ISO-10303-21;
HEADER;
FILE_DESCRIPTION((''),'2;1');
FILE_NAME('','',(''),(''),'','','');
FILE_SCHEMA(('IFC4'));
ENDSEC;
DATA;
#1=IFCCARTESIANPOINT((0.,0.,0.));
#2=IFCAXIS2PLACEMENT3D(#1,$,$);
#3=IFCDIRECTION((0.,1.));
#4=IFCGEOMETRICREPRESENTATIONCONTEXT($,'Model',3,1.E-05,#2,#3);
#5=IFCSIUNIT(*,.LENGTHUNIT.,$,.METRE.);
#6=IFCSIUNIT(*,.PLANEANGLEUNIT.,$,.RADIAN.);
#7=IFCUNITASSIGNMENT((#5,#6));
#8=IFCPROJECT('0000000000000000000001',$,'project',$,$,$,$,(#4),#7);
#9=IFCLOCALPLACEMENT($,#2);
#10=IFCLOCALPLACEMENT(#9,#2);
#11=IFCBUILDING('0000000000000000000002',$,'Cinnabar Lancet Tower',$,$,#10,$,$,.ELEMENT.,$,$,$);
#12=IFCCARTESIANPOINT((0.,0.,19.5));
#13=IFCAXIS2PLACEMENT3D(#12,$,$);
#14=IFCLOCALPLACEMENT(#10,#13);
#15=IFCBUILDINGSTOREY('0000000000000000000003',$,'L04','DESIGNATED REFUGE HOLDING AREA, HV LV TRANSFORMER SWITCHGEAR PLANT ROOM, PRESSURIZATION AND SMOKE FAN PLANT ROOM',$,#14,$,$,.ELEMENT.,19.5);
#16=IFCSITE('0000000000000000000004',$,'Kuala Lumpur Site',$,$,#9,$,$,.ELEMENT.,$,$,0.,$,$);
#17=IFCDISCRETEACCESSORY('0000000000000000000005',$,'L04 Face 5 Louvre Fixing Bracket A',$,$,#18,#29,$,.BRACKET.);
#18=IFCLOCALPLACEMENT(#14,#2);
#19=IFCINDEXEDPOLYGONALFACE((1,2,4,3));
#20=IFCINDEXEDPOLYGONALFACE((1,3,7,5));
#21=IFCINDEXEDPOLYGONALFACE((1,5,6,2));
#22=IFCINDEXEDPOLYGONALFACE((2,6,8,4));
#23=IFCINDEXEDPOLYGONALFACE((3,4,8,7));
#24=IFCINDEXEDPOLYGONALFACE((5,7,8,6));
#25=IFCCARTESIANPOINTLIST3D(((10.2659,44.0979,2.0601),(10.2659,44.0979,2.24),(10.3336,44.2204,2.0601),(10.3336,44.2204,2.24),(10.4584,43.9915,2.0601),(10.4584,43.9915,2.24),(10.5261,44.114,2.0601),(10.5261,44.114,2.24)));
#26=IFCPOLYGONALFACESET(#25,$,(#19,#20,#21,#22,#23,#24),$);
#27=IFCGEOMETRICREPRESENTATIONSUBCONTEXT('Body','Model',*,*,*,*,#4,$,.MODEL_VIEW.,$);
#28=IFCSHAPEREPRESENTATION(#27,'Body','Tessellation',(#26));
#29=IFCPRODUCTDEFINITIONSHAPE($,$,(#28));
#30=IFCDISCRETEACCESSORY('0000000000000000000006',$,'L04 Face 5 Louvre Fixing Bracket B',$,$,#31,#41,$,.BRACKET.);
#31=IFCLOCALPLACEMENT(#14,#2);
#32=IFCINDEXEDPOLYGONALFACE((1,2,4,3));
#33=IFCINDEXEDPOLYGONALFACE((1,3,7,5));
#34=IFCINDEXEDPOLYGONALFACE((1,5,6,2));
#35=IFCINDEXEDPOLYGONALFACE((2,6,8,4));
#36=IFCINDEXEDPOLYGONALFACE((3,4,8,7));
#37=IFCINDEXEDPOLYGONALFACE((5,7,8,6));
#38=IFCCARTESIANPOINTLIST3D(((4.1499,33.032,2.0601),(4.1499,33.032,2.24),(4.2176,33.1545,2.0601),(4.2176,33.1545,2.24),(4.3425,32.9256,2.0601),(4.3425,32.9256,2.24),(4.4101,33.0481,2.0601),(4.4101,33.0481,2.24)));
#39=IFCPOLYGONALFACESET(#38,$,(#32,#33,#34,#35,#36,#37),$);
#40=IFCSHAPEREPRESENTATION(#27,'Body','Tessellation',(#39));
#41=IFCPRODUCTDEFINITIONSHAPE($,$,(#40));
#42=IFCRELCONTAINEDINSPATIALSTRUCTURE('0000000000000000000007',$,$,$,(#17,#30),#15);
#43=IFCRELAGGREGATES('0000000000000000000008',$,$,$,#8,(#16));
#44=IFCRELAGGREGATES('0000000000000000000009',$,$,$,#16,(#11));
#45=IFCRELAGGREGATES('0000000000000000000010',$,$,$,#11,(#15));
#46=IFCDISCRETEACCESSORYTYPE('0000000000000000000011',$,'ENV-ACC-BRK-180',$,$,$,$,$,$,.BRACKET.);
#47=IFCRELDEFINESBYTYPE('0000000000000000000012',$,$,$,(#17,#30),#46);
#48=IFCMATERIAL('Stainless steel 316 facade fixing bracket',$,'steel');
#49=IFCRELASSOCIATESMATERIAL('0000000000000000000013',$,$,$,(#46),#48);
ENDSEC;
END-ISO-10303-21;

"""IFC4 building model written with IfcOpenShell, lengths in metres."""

from ifc_helpers import new_model, si_unit, direction, frame, origin, origin_2d, place, context, subcontext, project, spatial, rectangle, extrude, material, type_object, element, save


model = new_model("IFC4")

# Units and contexts
model_context = context("Model", 3, precision=1e-05, world=origin(), true_north=direction((0.0, 1.0)))
body_context = subcontext(model_context, "Body", "Model", "MODEL_VIEW")
ifc_project = project(units=[si_unit("LENGTHUNIT", "METRE"), si_unit("PLANEANGLEUNIT", "RADIAN")], contexts=[model_context])

# Site, building, storey
site_placement = place(None, origin())
site = spatial("IfcSite", under=ifc_project, at=site_placement, Name="Kuala Lumpur Site", CompositionType="ELEMENT", RefElevation=0.0)
building_placement = place(site_placement, origin())
building = spatial("IfcBuilding", under=site, at=building_placement, Name="Cinnabar Lancet Tower", CompositionType="ELEMENT")
storey_placement = place(building_placement, frame((0.0, 0.0, 19.5)))
storey = spatial("IfcBuildingStorey", under=building, at=storey_placement, Name="L04", Description="DESIGNATED REFUGE HOLDING AREA, HV LV TRANSFORMER SWITCHGEAR PLANT ROOM, PRESSURIZATION AND SMOKE FAN PLANT ROOM", CompositionType="ELEMENT", Elevation=19.5)

# Discrete accessories
ifc_material_1 = material(Name="Stainless steel 316 facade fixing bracket", Category="steel")
discrete_accessory_type = type_object("IfcDiscreteAccessoryType", Name="ENV-ACC-BRK-180", PredefinedType="BRACKET", material=ifc_material_1)
for number, where, z_axis, x_axis, name in (
    (1, (10.396, 44.106, 2.0601), (0.0, 0.0, 1.0), (-0.483695, -0.875237, 0.0), "L04 Face 5 Louvre Fixing Bracket A"),
    (2, (4.28, 33.04, 2.0601), (0.0, 0.0, 1.0), (-0.483695, -0.875237, 0.0), "L04 Face 5 Louvre Fixing Bracket B"),
):
    element("IfcDiscreteAccessory", number, at=place(storey_placement, frame(where, z_axis=z_axis, x_axis=x_axis)), inside=storey, type_object=discrete_accessory_type, Name=name, PredefinedType="BRACKET", context=body_context, shape_type="SweptSolid", body=[
        extrude(rectangle(XDim=0.1399, YDim=0.22, at=origin_2d()), origin(), (0.0, 0.0, 1.0), 0.1799),
    ])

save(model, "model.ifc")
